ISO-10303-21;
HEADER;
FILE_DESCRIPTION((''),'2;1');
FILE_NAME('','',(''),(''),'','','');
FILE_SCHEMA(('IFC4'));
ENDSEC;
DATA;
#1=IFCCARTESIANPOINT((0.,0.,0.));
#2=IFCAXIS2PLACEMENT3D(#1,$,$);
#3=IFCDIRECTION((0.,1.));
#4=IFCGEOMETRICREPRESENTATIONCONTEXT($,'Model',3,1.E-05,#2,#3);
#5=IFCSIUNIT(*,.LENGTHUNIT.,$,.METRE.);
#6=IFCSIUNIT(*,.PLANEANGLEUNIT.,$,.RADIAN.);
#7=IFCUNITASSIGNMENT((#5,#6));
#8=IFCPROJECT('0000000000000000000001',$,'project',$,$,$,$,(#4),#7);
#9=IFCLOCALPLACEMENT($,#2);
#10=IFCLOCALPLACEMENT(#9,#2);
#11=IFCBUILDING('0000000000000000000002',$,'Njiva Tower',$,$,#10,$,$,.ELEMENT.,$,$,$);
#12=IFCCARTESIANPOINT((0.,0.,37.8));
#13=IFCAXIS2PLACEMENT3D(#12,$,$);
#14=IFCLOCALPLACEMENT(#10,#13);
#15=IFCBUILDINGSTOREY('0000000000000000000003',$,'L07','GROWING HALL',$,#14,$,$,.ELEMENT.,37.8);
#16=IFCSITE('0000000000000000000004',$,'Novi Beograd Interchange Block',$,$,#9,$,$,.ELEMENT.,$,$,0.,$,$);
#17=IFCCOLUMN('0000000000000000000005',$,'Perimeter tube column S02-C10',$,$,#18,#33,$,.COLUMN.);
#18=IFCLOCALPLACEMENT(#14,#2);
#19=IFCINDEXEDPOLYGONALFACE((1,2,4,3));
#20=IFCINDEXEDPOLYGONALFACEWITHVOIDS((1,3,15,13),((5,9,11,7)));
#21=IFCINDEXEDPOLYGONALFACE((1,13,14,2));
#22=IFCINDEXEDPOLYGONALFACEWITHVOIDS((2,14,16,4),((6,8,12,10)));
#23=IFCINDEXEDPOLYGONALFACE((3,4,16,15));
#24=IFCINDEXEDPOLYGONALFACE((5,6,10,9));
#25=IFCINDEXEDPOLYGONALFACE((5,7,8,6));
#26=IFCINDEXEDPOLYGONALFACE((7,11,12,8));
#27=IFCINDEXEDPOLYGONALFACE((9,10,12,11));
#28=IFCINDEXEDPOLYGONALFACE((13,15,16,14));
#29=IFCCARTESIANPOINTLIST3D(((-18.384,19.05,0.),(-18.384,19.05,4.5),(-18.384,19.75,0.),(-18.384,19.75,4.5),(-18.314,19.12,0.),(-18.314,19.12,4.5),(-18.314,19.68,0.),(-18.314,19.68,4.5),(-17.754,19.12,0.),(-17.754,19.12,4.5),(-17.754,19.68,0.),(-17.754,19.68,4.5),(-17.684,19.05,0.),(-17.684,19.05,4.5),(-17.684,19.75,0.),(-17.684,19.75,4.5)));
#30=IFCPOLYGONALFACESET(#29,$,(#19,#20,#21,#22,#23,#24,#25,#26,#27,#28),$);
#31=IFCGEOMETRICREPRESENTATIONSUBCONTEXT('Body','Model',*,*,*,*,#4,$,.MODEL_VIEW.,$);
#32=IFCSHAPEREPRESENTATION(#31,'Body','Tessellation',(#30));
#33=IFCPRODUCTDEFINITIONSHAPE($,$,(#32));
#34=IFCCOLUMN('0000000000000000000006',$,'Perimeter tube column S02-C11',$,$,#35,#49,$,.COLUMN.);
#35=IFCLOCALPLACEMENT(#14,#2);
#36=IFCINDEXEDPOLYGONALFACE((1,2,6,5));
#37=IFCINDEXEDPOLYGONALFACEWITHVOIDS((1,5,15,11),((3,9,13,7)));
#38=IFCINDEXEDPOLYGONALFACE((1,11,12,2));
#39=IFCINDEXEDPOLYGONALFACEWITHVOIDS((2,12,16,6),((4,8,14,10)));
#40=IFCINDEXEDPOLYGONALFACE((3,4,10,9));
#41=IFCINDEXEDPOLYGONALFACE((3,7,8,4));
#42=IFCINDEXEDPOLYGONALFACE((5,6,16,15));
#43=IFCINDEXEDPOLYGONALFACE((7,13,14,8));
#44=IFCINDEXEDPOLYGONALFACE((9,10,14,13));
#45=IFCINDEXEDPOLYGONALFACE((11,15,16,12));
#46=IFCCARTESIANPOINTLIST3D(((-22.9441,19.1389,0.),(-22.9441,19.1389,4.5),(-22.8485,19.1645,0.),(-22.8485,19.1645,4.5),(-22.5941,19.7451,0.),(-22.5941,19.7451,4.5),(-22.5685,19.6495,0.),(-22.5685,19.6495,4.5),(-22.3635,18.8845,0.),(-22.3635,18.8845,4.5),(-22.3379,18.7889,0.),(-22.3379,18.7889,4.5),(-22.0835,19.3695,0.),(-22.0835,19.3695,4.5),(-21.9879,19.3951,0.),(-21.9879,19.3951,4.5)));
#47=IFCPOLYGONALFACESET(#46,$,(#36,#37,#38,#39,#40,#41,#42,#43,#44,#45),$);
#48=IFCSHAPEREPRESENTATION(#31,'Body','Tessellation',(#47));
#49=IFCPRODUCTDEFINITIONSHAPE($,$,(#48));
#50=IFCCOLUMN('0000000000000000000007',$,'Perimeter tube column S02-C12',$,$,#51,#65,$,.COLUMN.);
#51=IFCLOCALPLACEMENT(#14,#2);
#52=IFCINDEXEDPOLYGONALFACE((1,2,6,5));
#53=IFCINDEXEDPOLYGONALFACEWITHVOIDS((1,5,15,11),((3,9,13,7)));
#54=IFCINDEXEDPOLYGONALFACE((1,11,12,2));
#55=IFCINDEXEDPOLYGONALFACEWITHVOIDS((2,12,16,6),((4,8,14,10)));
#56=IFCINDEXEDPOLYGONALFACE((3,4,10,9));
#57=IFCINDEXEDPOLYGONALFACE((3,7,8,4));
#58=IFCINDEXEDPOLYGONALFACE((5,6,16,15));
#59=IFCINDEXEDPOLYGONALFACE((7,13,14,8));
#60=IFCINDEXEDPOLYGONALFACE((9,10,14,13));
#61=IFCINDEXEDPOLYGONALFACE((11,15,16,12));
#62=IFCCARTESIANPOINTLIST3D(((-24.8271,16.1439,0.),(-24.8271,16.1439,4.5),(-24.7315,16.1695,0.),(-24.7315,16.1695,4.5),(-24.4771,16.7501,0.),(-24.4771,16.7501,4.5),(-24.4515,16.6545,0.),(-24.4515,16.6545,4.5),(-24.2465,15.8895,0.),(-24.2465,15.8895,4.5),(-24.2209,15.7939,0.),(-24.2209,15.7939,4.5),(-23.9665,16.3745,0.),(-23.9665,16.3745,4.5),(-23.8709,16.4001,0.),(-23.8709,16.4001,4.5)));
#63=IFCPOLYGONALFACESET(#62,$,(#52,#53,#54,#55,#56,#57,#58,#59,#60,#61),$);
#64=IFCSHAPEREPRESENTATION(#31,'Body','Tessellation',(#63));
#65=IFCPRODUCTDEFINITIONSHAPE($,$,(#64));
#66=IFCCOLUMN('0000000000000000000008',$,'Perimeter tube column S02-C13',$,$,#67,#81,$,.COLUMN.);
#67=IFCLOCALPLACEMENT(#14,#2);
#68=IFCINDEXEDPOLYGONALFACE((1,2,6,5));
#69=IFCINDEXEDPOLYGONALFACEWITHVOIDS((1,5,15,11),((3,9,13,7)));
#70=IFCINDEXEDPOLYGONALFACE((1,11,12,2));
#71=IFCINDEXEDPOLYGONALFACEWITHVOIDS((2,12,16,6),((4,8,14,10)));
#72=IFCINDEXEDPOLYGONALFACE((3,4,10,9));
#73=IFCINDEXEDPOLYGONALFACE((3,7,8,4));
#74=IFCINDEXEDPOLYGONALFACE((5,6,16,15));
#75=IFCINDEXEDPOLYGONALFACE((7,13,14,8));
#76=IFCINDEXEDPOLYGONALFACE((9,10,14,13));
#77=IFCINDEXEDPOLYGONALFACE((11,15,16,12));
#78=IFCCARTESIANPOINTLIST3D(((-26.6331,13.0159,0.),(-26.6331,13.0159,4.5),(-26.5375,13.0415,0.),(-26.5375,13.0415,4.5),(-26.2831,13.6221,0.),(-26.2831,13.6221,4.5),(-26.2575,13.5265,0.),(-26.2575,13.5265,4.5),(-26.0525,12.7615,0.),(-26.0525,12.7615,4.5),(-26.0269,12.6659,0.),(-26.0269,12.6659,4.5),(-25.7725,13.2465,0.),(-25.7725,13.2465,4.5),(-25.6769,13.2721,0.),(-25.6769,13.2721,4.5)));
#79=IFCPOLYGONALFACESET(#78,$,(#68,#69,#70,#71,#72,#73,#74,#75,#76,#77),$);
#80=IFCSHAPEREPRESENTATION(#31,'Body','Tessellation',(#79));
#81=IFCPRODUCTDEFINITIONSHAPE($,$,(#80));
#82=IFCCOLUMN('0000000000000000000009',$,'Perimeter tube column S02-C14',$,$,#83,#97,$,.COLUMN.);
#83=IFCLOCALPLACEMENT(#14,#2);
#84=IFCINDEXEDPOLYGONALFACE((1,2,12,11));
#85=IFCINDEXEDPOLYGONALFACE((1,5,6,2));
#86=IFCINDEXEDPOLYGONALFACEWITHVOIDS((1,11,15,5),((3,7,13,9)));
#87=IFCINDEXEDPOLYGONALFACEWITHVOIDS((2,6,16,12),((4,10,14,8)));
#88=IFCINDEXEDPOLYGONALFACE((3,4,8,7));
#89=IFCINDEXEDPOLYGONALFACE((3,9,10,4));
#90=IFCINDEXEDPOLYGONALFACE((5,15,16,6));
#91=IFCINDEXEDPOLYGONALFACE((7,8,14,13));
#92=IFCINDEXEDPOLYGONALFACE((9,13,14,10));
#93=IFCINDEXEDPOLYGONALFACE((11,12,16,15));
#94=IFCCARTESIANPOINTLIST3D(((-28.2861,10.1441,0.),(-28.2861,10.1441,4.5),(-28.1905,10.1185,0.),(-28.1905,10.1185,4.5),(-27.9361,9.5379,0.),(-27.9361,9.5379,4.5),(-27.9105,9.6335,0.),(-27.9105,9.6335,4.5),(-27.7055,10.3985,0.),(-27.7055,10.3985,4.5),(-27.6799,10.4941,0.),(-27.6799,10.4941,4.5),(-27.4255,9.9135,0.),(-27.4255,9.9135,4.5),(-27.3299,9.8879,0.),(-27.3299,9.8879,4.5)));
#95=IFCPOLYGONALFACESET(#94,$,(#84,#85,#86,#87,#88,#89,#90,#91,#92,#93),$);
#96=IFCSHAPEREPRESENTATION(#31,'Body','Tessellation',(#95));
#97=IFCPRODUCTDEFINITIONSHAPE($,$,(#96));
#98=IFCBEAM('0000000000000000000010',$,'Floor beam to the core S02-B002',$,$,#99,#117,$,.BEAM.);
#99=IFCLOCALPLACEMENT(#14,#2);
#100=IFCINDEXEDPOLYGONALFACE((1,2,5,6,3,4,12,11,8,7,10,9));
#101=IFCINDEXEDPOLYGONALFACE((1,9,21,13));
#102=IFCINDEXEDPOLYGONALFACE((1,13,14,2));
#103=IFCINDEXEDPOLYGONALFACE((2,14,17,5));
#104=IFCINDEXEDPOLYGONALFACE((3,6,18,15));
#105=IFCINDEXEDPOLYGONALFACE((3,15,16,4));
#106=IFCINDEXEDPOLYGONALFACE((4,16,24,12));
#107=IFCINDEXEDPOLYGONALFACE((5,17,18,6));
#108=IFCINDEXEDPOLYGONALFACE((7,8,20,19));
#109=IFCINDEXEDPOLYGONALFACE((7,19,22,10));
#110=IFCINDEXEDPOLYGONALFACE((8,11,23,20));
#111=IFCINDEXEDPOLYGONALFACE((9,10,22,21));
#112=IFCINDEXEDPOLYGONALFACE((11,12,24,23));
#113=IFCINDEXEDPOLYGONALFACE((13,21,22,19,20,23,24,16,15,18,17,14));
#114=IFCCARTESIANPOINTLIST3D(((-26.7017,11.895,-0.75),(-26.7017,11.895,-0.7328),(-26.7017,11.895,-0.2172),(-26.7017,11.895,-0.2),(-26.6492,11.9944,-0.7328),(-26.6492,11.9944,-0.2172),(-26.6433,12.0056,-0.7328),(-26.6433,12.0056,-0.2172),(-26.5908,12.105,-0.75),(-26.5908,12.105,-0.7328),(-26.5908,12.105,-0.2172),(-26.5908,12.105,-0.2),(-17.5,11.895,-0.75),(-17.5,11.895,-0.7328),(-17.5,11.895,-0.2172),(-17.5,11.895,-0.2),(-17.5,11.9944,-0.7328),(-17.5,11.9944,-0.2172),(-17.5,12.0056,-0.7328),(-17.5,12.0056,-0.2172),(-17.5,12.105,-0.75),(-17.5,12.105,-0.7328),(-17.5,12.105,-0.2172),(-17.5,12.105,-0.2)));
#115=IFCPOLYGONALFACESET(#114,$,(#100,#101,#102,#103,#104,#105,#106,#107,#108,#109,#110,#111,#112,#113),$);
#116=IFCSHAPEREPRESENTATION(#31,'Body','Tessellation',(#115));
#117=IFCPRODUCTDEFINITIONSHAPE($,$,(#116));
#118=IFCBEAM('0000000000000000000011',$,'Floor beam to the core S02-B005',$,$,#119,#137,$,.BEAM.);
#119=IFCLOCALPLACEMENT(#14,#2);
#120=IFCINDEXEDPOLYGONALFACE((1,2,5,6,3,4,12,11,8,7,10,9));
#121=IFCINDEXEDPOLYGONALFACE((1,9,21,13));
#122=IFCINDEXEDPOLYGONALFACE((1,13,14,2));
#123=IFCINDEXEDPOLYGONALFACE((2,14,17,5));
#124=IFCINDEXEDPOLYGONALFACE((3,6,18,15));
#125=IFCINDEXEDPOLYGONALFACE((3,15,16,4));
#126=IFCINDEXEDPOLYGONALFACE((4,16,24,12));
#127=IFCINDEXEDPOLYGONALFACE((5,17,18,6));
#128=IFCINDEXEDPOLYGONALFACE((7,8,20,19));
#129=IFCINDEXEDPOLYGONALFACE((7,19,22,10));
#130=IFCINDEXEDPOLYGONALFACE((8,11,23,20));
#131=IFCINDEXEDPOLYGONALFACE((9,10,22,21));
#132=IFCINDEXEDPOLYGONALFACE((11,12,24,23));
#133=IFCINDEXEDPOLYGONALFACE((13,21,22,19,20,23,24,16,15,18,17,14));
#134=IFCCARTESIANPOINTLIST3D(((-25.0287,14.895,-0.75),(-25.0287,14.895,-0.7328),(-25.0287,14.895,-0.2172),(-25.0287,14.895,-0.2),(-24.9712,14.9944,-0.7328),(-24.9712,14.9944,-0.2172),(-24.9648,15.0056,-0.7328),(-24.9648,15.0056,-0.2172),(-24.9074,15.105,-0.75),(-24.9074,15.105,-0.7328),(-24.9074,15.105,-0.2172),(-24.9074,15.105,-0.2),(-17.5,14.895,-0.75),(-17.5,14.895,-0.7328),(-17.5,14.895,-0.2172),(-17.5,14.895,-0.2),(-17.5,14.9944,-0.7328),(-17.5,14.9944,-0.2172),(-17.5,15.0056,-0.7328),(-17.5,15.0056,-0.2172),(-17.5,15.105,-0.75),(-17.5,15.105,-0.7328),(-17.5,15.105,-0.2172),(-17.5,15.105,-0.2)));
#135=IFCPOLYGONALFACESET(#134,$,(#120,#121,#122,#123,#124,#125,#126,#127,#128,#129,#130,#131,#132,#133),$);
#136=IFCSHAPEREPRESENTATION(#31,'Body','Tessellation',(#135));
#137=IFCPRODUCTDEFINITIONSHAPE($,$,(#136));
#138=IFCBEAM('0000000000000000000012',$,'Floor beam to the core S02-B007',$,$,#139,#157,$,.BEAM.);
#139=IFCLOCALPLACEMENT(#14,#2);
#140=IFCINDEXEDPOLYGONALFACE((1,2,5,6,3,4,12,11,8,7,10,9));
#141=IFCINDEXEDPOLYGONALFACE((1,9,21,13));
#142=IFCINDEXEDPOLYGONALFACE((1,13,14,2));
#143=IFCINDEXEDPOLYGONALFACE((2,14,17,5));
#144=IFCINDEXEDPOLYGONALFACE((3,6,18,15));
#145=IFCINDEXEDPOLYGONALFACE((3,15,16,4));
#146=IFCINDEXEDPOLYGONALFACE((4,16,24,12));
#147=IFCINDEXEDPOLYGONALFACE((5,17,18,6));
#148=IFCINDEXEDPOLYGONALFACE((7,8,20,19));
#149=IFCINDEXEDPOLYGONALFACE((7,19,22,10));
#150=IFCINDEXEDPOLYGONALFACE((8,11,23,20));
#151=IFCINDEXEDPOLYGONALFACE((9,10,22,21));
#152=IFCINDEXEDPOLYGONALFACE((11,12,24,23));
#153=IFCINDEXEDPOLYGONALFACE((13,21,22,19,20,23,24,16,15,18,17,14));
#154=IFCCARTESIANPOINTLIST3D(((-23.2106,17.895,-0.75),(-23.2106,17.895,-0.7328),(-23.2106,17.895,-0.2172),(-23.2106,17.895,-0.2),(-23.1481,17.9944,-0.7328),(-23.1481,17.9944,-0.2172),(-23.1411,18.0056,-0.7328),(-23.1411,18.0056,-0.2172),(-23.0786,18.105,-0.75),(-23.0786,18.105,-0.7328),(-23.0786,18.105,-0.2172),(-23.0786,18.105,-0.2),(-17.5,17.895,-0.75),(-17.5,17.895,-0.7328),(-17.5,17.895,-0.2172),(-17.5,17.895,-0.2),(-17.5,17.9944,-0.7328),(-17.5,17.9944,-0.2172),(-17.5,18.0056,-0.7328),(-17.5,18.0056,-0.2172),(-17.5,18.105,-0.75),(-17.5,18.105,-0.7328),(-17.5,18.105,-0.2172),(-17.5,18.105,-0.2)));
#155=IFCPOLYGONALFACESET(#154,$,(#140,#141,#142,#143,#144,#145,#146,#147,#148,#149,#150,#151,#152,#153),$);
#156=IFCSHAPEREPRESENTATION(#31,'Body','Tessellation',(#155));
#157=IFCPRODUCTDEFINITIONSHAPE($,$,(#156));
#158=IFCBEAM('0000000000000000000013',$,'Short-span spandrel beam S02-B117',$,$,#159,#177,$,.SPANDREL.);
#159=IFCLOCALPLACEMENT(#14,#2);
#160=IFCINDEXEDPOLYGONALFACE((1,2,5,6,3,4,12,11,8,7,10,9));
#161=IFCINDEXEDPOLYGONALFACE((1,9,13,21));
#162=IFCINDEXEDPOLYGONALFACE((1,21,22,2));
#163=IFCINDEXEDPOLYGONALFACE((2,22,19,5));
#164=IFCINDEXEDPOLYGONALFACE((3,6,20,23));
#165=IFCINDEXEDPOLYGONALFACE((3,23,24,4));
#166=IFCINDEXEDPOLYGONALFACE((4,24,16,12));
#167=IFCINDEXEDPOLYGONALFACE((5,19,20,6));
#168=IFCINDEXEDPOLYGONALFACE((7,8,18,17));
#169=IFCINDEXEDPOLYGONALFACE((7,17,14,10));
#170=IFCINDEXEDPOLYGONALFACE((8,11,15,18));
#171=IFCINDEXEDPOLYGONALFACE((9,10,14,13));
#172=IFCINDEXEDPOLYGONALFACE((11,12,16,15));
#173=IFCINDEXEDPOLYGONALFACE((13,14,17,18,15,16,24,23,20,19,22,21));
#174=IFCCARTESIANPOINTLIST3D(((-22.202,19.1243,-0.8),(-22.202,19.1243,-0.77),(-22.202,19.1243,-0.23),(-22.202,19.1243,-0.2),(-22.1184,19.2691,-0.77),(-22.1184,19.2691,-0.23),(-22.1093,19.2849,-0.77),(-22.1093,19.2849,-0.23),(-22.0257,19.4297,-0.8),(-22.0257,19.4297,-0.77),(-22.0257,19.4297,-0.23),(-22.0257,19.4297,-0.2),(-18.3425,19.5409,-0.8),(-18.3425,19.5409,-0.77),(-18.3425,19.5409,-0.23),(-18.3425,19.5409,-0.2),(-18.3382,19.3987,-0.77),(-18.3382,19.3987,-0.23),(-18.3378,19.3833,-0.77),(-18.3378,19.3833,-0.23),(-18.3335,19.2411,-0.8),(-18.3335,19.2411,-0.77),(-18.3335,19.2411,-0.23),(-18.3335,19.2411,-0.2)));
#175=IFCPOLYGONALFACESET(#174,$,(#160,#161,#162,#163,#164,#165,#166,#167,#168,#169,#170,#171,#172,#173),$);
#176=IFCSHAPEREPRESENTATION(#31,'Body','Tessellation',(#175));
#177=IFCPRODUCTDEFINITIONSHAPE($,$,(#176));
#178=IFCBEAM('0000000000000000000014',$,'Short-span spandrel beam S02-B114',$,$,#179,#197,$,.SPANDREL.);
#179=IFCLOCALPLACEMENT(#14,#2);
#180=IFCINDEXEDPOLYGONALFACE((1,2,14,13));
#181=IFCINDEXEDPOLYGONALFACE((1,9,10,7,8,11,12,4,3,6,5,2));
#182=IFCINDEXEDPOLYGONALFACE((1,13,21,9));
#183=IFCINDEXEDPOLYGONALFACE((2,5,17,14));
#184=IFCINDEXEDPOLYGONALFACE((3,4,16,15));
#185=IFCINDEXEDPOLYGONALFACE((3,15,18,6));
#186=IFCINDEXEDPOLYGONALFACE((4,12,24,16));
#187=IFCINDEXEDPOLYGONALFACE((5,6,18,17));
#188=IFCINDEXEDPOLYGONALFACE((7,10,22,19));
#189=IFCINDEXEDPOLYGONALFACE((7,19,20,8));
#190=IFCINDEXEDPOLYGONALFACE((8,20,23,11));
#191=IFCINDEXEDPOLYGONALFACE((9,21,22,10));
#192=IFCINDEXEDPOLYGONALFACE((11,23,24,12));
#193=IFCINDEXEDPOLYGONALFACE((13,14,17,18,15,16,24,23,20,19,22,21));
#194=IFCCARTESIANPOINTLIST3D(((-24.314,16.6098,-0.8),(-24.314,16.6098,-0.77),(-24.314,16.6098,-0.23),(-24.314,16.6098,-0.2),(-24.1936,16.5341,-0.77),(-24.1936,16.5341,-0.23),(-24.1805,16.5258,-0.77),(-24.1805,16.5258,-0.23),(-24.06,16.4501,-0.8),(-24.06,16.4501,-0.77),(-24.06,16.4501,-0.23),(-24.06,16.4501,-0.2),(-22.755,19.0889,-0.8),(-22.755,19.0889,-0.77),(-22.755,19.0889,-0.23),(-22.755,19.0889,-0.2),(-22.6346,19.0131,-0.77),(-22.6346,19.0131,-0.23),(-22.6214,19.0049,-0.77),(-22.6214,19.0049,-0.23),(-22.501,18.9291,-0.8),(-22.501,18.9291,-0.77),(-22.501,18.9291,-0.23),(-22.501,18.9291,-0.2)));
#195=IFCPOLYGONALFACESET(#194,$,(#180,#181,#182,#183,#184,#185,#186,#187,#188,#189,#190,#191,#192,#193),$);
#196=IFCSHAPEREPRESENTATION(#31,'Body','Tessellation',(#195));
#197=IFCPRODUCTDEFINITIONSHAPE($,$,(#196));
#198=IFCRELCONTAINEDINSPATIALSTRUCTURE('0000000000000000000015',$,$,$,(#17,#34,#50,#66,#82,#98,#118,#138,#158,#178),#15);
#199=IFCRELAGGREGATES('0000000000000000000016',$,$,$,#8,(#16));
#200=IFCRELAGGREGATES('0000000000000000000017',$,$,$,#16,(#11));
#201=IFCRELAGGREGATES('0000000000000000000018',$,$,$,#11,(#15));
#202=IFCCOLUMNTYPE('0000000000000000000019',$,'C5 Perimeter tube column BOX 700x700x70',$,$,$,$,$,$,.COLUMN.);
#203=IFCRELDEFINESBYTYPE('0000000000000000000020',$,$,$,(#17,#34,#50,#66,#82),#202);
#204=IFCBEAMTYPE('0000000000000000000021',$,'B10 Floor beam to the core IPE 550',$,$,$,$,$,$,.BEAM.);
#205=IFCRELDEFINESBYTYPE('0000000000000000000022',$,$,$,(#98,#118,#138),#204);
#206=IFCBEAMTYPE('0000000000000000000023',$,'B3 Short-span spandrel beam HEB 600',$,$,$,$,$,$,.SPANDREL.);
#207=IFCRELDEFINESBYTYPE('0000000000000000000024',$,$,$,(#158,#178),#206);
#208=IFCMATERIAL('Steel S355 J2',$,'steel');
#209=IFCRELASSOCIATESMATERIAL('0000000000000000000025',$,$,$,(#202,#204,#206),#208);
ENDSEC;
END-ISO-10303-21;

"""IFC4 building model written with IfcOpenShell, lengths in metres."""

from ifc_helpers import new_model, si_unit, direction, frame, origin, origin_2d, place, context, subcontext, project, spatial, hollow_rectangle, i_section, extrude, clip, halfspace, material, material_profile, profile_set, type_object, element, save


model = new_model("IFC4")

# Units and contexts
model_context = context("Model", 3, precision=1e-05, world=origin(), true_north=direction((0.0, 1.0)))
body_context = subcontext(model_context, "Body", "Model", "MODEL_VIEW")
ifc_project = project(units=[si_unit("LENGTHUNIT", "METRE"), si_unit("PLANEANGLEUNIT", "RADIAN")], contexts=[model_context])

# Site, building, storey
site_placement = place(None, origin())
site = spatial("IfcSite", under=ifc_project, at=site_placement, Name="Novi Beograd Interchange Block", CompositionType="ELEMENT", RefElevation=0.0)
building_placement = place(site_placement, origin())
building = spatial("IfcBuilding", under=site, at=building_placement, Name="Njiva Tower", CompositionType="ELEMENT")
storey_placement = place(building_placement, frame((0.0, 0.0, 37.8)))
storey = spatial("IfcBuildingStorey", under=building, at=storey_placement, Name="L07", Description="GROWING HALL", CompositionType="ELEMENT", Elevation=37.8)

# Columns
ifc_material_1 = material(Name="Steel S355 J2", Category="steel")
ifc_material_profile_1 = material_profile(ifc_material_1, hollow_rectangle(XDim=0.7, YDim=0.7, WallThickness=0.07, at=origin_2d()), Name="BOX 700x700x70")
ifc_profile_set_1 = profile_set([ifc_material_profile_1], Name="Steel S355 J2")
column_type = type_object("IfcColumnType", Name="C5 Perimeter tube column BOX 700x700x70", PredefinedType="COLUMN", material=ifc_profile_set_1)
for number, where, z_axis, x_axis, name in (
    (1, (-18.034, 19.4, 0.0), (0.0, 0.0, 1.0), (-1.0, 0.0, 0.0), "Perimeter tube column S02-C10"),
    (2, (-22.466, 19.267, 0.0), (0.0, 0.0, 1.0), (-0.5, -0.866025, 0.0), "Perimeter tube column S02-C11"),
    (3, (-24.349, 16.272, 0.0), (0.0, 0.0, 1.0), (-0.5, -0.866025, 0.0), "Perimeter tube column S02-C12"),
    (4, (-26.155, 13.144, 0.0), (0.0, 0.0, 1.0), (-0.5, -0.866025, 0.0), "Perimeter tube column S02-C13"),
    (5, (-27.808, 10.016, 0.0), (0.0, 0.0, 1.0), (0.5, -0.866025, 0.0), "Perimeter tube column S02-C14"),
):
    element("IfcColumn", number, at=place(storey_placement, frame(where, z_axis=z_axis, x_axis=x_axis)), inside=storey, type_object=column_type, Name=name, PredefinedType="COLUMN", context=body_context, shape_type="SweptSolid", body=[
        extrude(hollow_rectangle(XDim=0.7, YDim=0.7, WallThickness=0.07, at=origin_2d()), origin(), (0.0, 0.0, 1.0), 4.5),
    ])

# Beams
ifc_material_profile_2 = material_profile(ifc_material_1, i_section(OverallWidth=0.21, OverallDepth=0.55, WebThickness=0.0111, FlangeThickness=0.0172, at=origin_2d()), Name="IPE 550")
ifc_profile_set_2 = profile_set([ifc_material_profile_2], Name="Steel S355 J2")
beam_type_1 = type_object("IfcBeamType", Name="B10 Floor beam to the core IPE 550", PredefinedType="BEAM", material=ifc_profile_set_2)
beam_1_placement = place(storey_placement, frame((-26.721, 12.0, -0.475), z_axis=(1.0, 0.0, 0.0), x_axis=(0.0, 1.0, 0.0)))
element("IfcBeam", 6, at=beam_1_placement, inside=storey, type_object=beam_type_1, Name="Floor beam to the core S02-B002", PredefinedType="BEAM", context=body_context, shape_type="Clipping", body=[
    clip(extrude(i_section(OverallWidth=0.21, OverallDepth=0.55, WebThickness=0.0111, FlangeThickness=0.0172, at=origin_2d()), origin(), (0.0, 0.0, 1.0), 9.221), halfspace(frame((0.0234, 0.0, 0.0871), z_axis=(0.467062, 0.0, -0.884224), x_axis=(0.0, -1.0, 0.0)), False)),
])
beam_2_placement = place(storey_placement, frame((-25.049, 15.0, -0.475), z_axis=(1.0, 0.0, 0.0), x_axis=(0.0, 1.0, 0.0)))
element("IfcBeam", 7, at=beam_2_placement, inside=storey, type_object=beam_type_1, Name="Floor beam to the core S02-B005", PredefinedType="BEAM", context=body_context, shape_type="Clipping", body=[
    clip(extrude(i_section(OverallWidth=0.21, OverallDepth=0.55, WebThickness=0.0111, FlangeThickness=0.0172, at=origin_2d()), origin(), (0.0, 0.0, 1.0), 7.549), halfspace(frame((0.025, 0.0, 0.0954), z_axis=(0.499998, 0.0, -0.866027), x_axis=(0.0, -1.0, 0.0)), False)),
])
beam_3_placement = place(storey_placement, frame((-23.231, 18.0, -0.475), z_axis=(1.0, 0.0, 0.0), x_axis=(0.0, 1.0, 0.0)))
element("IfcBeam", 8, at=beam_3_placement, inside=storey, type_object=beam_type_1, Name="Floor beam to the core S02-B007", PredefinedType="BEAM", context=body_context, shape_type="Clipping", body=[
    clip(extrude(i_section(OverallWidth=0.21, OverallDepth=0.55, WebThickness=0.0111, FlangeThickness=0.0172, at=origin_2d()), origin(), (0.0, 0.0, 1.0), 5.731), halfspace(frame((0.0266, 0.0, 0.1031), z_axis=(0.53223, 0.0, -0.8466), x_axis=(0.0, -1.0, 0.0)), False)),
])
ifc_material_profile_3 = material_profile(ifc_material_1, i_section(OverallWidth=0.3, OverallDepth=0.6, WebThickness=0.0155, FlangeThickness=0.03, at=origin_2d()), Name="HEB 600")
ifc_profile_set_3 = profile_set([ifc_material_profile_3], Name="Steel S355 J2")
beam_type_2 = type_object("IfcBeamType", Name="B3 Short-span spandrel beam HEB 600", PredefinedType="SPANDREL", material=ifc_profile_set_3)
beam_4_placement = place(storey_placement, frame((-18.338, 19.391, -0.5), z_axis=(-0.999545, -0.030177, 0.0), x_axis=(0.030177, -0.999545, 0.0)))
element("IfcBeam", 9, at=beam_4_placement, inside=storey, type_object=beam_type_2, Name="Short-span spandrel beam S02-B117", PredefinedType="SPANDREL", context=body_context, shape_type="Clipping", body=[
    clip(extrude(i_section(OverallWidth=0.3, OverallDepth=0.6, WebThickness=0.0155, FlangeThickness=0.03, at=origin_2d()), origin(), (0.0, 0.0, 1.0), 3.8907), halfspace(frame((-0.0268, 0.0, 3.761), z_axis=(-0.525904, 0.0, 0.850544), x_axis=(0.0, 1.0, 0.0)), False)),
])
beam_5_placement = place(storey_placement, frame((-22.628, 19.009, -0.5), z_axis=(-0.53236, -0.846518, 0.0), x_axis=(0.846518, -0.53236, 0.0)))
element("IfcBeam", 10, at=beam_5_placement, inside=storey, type_object=beam_type_2, Name="Short-span spandrel beam S02-B114", PredefinedType="SPANDREL", context=body_context, shape_type="SweptSolid", body=[
    extrude(i_section(OverallWidth=0.3, OverallDepth=0.6, WebThickness=0.0155, FlangeThickness=0.03, at=origin_2d()), origin(), (0.0, 0.0, 1.0), 2.9285),
])

save(model, "model.ifc")
